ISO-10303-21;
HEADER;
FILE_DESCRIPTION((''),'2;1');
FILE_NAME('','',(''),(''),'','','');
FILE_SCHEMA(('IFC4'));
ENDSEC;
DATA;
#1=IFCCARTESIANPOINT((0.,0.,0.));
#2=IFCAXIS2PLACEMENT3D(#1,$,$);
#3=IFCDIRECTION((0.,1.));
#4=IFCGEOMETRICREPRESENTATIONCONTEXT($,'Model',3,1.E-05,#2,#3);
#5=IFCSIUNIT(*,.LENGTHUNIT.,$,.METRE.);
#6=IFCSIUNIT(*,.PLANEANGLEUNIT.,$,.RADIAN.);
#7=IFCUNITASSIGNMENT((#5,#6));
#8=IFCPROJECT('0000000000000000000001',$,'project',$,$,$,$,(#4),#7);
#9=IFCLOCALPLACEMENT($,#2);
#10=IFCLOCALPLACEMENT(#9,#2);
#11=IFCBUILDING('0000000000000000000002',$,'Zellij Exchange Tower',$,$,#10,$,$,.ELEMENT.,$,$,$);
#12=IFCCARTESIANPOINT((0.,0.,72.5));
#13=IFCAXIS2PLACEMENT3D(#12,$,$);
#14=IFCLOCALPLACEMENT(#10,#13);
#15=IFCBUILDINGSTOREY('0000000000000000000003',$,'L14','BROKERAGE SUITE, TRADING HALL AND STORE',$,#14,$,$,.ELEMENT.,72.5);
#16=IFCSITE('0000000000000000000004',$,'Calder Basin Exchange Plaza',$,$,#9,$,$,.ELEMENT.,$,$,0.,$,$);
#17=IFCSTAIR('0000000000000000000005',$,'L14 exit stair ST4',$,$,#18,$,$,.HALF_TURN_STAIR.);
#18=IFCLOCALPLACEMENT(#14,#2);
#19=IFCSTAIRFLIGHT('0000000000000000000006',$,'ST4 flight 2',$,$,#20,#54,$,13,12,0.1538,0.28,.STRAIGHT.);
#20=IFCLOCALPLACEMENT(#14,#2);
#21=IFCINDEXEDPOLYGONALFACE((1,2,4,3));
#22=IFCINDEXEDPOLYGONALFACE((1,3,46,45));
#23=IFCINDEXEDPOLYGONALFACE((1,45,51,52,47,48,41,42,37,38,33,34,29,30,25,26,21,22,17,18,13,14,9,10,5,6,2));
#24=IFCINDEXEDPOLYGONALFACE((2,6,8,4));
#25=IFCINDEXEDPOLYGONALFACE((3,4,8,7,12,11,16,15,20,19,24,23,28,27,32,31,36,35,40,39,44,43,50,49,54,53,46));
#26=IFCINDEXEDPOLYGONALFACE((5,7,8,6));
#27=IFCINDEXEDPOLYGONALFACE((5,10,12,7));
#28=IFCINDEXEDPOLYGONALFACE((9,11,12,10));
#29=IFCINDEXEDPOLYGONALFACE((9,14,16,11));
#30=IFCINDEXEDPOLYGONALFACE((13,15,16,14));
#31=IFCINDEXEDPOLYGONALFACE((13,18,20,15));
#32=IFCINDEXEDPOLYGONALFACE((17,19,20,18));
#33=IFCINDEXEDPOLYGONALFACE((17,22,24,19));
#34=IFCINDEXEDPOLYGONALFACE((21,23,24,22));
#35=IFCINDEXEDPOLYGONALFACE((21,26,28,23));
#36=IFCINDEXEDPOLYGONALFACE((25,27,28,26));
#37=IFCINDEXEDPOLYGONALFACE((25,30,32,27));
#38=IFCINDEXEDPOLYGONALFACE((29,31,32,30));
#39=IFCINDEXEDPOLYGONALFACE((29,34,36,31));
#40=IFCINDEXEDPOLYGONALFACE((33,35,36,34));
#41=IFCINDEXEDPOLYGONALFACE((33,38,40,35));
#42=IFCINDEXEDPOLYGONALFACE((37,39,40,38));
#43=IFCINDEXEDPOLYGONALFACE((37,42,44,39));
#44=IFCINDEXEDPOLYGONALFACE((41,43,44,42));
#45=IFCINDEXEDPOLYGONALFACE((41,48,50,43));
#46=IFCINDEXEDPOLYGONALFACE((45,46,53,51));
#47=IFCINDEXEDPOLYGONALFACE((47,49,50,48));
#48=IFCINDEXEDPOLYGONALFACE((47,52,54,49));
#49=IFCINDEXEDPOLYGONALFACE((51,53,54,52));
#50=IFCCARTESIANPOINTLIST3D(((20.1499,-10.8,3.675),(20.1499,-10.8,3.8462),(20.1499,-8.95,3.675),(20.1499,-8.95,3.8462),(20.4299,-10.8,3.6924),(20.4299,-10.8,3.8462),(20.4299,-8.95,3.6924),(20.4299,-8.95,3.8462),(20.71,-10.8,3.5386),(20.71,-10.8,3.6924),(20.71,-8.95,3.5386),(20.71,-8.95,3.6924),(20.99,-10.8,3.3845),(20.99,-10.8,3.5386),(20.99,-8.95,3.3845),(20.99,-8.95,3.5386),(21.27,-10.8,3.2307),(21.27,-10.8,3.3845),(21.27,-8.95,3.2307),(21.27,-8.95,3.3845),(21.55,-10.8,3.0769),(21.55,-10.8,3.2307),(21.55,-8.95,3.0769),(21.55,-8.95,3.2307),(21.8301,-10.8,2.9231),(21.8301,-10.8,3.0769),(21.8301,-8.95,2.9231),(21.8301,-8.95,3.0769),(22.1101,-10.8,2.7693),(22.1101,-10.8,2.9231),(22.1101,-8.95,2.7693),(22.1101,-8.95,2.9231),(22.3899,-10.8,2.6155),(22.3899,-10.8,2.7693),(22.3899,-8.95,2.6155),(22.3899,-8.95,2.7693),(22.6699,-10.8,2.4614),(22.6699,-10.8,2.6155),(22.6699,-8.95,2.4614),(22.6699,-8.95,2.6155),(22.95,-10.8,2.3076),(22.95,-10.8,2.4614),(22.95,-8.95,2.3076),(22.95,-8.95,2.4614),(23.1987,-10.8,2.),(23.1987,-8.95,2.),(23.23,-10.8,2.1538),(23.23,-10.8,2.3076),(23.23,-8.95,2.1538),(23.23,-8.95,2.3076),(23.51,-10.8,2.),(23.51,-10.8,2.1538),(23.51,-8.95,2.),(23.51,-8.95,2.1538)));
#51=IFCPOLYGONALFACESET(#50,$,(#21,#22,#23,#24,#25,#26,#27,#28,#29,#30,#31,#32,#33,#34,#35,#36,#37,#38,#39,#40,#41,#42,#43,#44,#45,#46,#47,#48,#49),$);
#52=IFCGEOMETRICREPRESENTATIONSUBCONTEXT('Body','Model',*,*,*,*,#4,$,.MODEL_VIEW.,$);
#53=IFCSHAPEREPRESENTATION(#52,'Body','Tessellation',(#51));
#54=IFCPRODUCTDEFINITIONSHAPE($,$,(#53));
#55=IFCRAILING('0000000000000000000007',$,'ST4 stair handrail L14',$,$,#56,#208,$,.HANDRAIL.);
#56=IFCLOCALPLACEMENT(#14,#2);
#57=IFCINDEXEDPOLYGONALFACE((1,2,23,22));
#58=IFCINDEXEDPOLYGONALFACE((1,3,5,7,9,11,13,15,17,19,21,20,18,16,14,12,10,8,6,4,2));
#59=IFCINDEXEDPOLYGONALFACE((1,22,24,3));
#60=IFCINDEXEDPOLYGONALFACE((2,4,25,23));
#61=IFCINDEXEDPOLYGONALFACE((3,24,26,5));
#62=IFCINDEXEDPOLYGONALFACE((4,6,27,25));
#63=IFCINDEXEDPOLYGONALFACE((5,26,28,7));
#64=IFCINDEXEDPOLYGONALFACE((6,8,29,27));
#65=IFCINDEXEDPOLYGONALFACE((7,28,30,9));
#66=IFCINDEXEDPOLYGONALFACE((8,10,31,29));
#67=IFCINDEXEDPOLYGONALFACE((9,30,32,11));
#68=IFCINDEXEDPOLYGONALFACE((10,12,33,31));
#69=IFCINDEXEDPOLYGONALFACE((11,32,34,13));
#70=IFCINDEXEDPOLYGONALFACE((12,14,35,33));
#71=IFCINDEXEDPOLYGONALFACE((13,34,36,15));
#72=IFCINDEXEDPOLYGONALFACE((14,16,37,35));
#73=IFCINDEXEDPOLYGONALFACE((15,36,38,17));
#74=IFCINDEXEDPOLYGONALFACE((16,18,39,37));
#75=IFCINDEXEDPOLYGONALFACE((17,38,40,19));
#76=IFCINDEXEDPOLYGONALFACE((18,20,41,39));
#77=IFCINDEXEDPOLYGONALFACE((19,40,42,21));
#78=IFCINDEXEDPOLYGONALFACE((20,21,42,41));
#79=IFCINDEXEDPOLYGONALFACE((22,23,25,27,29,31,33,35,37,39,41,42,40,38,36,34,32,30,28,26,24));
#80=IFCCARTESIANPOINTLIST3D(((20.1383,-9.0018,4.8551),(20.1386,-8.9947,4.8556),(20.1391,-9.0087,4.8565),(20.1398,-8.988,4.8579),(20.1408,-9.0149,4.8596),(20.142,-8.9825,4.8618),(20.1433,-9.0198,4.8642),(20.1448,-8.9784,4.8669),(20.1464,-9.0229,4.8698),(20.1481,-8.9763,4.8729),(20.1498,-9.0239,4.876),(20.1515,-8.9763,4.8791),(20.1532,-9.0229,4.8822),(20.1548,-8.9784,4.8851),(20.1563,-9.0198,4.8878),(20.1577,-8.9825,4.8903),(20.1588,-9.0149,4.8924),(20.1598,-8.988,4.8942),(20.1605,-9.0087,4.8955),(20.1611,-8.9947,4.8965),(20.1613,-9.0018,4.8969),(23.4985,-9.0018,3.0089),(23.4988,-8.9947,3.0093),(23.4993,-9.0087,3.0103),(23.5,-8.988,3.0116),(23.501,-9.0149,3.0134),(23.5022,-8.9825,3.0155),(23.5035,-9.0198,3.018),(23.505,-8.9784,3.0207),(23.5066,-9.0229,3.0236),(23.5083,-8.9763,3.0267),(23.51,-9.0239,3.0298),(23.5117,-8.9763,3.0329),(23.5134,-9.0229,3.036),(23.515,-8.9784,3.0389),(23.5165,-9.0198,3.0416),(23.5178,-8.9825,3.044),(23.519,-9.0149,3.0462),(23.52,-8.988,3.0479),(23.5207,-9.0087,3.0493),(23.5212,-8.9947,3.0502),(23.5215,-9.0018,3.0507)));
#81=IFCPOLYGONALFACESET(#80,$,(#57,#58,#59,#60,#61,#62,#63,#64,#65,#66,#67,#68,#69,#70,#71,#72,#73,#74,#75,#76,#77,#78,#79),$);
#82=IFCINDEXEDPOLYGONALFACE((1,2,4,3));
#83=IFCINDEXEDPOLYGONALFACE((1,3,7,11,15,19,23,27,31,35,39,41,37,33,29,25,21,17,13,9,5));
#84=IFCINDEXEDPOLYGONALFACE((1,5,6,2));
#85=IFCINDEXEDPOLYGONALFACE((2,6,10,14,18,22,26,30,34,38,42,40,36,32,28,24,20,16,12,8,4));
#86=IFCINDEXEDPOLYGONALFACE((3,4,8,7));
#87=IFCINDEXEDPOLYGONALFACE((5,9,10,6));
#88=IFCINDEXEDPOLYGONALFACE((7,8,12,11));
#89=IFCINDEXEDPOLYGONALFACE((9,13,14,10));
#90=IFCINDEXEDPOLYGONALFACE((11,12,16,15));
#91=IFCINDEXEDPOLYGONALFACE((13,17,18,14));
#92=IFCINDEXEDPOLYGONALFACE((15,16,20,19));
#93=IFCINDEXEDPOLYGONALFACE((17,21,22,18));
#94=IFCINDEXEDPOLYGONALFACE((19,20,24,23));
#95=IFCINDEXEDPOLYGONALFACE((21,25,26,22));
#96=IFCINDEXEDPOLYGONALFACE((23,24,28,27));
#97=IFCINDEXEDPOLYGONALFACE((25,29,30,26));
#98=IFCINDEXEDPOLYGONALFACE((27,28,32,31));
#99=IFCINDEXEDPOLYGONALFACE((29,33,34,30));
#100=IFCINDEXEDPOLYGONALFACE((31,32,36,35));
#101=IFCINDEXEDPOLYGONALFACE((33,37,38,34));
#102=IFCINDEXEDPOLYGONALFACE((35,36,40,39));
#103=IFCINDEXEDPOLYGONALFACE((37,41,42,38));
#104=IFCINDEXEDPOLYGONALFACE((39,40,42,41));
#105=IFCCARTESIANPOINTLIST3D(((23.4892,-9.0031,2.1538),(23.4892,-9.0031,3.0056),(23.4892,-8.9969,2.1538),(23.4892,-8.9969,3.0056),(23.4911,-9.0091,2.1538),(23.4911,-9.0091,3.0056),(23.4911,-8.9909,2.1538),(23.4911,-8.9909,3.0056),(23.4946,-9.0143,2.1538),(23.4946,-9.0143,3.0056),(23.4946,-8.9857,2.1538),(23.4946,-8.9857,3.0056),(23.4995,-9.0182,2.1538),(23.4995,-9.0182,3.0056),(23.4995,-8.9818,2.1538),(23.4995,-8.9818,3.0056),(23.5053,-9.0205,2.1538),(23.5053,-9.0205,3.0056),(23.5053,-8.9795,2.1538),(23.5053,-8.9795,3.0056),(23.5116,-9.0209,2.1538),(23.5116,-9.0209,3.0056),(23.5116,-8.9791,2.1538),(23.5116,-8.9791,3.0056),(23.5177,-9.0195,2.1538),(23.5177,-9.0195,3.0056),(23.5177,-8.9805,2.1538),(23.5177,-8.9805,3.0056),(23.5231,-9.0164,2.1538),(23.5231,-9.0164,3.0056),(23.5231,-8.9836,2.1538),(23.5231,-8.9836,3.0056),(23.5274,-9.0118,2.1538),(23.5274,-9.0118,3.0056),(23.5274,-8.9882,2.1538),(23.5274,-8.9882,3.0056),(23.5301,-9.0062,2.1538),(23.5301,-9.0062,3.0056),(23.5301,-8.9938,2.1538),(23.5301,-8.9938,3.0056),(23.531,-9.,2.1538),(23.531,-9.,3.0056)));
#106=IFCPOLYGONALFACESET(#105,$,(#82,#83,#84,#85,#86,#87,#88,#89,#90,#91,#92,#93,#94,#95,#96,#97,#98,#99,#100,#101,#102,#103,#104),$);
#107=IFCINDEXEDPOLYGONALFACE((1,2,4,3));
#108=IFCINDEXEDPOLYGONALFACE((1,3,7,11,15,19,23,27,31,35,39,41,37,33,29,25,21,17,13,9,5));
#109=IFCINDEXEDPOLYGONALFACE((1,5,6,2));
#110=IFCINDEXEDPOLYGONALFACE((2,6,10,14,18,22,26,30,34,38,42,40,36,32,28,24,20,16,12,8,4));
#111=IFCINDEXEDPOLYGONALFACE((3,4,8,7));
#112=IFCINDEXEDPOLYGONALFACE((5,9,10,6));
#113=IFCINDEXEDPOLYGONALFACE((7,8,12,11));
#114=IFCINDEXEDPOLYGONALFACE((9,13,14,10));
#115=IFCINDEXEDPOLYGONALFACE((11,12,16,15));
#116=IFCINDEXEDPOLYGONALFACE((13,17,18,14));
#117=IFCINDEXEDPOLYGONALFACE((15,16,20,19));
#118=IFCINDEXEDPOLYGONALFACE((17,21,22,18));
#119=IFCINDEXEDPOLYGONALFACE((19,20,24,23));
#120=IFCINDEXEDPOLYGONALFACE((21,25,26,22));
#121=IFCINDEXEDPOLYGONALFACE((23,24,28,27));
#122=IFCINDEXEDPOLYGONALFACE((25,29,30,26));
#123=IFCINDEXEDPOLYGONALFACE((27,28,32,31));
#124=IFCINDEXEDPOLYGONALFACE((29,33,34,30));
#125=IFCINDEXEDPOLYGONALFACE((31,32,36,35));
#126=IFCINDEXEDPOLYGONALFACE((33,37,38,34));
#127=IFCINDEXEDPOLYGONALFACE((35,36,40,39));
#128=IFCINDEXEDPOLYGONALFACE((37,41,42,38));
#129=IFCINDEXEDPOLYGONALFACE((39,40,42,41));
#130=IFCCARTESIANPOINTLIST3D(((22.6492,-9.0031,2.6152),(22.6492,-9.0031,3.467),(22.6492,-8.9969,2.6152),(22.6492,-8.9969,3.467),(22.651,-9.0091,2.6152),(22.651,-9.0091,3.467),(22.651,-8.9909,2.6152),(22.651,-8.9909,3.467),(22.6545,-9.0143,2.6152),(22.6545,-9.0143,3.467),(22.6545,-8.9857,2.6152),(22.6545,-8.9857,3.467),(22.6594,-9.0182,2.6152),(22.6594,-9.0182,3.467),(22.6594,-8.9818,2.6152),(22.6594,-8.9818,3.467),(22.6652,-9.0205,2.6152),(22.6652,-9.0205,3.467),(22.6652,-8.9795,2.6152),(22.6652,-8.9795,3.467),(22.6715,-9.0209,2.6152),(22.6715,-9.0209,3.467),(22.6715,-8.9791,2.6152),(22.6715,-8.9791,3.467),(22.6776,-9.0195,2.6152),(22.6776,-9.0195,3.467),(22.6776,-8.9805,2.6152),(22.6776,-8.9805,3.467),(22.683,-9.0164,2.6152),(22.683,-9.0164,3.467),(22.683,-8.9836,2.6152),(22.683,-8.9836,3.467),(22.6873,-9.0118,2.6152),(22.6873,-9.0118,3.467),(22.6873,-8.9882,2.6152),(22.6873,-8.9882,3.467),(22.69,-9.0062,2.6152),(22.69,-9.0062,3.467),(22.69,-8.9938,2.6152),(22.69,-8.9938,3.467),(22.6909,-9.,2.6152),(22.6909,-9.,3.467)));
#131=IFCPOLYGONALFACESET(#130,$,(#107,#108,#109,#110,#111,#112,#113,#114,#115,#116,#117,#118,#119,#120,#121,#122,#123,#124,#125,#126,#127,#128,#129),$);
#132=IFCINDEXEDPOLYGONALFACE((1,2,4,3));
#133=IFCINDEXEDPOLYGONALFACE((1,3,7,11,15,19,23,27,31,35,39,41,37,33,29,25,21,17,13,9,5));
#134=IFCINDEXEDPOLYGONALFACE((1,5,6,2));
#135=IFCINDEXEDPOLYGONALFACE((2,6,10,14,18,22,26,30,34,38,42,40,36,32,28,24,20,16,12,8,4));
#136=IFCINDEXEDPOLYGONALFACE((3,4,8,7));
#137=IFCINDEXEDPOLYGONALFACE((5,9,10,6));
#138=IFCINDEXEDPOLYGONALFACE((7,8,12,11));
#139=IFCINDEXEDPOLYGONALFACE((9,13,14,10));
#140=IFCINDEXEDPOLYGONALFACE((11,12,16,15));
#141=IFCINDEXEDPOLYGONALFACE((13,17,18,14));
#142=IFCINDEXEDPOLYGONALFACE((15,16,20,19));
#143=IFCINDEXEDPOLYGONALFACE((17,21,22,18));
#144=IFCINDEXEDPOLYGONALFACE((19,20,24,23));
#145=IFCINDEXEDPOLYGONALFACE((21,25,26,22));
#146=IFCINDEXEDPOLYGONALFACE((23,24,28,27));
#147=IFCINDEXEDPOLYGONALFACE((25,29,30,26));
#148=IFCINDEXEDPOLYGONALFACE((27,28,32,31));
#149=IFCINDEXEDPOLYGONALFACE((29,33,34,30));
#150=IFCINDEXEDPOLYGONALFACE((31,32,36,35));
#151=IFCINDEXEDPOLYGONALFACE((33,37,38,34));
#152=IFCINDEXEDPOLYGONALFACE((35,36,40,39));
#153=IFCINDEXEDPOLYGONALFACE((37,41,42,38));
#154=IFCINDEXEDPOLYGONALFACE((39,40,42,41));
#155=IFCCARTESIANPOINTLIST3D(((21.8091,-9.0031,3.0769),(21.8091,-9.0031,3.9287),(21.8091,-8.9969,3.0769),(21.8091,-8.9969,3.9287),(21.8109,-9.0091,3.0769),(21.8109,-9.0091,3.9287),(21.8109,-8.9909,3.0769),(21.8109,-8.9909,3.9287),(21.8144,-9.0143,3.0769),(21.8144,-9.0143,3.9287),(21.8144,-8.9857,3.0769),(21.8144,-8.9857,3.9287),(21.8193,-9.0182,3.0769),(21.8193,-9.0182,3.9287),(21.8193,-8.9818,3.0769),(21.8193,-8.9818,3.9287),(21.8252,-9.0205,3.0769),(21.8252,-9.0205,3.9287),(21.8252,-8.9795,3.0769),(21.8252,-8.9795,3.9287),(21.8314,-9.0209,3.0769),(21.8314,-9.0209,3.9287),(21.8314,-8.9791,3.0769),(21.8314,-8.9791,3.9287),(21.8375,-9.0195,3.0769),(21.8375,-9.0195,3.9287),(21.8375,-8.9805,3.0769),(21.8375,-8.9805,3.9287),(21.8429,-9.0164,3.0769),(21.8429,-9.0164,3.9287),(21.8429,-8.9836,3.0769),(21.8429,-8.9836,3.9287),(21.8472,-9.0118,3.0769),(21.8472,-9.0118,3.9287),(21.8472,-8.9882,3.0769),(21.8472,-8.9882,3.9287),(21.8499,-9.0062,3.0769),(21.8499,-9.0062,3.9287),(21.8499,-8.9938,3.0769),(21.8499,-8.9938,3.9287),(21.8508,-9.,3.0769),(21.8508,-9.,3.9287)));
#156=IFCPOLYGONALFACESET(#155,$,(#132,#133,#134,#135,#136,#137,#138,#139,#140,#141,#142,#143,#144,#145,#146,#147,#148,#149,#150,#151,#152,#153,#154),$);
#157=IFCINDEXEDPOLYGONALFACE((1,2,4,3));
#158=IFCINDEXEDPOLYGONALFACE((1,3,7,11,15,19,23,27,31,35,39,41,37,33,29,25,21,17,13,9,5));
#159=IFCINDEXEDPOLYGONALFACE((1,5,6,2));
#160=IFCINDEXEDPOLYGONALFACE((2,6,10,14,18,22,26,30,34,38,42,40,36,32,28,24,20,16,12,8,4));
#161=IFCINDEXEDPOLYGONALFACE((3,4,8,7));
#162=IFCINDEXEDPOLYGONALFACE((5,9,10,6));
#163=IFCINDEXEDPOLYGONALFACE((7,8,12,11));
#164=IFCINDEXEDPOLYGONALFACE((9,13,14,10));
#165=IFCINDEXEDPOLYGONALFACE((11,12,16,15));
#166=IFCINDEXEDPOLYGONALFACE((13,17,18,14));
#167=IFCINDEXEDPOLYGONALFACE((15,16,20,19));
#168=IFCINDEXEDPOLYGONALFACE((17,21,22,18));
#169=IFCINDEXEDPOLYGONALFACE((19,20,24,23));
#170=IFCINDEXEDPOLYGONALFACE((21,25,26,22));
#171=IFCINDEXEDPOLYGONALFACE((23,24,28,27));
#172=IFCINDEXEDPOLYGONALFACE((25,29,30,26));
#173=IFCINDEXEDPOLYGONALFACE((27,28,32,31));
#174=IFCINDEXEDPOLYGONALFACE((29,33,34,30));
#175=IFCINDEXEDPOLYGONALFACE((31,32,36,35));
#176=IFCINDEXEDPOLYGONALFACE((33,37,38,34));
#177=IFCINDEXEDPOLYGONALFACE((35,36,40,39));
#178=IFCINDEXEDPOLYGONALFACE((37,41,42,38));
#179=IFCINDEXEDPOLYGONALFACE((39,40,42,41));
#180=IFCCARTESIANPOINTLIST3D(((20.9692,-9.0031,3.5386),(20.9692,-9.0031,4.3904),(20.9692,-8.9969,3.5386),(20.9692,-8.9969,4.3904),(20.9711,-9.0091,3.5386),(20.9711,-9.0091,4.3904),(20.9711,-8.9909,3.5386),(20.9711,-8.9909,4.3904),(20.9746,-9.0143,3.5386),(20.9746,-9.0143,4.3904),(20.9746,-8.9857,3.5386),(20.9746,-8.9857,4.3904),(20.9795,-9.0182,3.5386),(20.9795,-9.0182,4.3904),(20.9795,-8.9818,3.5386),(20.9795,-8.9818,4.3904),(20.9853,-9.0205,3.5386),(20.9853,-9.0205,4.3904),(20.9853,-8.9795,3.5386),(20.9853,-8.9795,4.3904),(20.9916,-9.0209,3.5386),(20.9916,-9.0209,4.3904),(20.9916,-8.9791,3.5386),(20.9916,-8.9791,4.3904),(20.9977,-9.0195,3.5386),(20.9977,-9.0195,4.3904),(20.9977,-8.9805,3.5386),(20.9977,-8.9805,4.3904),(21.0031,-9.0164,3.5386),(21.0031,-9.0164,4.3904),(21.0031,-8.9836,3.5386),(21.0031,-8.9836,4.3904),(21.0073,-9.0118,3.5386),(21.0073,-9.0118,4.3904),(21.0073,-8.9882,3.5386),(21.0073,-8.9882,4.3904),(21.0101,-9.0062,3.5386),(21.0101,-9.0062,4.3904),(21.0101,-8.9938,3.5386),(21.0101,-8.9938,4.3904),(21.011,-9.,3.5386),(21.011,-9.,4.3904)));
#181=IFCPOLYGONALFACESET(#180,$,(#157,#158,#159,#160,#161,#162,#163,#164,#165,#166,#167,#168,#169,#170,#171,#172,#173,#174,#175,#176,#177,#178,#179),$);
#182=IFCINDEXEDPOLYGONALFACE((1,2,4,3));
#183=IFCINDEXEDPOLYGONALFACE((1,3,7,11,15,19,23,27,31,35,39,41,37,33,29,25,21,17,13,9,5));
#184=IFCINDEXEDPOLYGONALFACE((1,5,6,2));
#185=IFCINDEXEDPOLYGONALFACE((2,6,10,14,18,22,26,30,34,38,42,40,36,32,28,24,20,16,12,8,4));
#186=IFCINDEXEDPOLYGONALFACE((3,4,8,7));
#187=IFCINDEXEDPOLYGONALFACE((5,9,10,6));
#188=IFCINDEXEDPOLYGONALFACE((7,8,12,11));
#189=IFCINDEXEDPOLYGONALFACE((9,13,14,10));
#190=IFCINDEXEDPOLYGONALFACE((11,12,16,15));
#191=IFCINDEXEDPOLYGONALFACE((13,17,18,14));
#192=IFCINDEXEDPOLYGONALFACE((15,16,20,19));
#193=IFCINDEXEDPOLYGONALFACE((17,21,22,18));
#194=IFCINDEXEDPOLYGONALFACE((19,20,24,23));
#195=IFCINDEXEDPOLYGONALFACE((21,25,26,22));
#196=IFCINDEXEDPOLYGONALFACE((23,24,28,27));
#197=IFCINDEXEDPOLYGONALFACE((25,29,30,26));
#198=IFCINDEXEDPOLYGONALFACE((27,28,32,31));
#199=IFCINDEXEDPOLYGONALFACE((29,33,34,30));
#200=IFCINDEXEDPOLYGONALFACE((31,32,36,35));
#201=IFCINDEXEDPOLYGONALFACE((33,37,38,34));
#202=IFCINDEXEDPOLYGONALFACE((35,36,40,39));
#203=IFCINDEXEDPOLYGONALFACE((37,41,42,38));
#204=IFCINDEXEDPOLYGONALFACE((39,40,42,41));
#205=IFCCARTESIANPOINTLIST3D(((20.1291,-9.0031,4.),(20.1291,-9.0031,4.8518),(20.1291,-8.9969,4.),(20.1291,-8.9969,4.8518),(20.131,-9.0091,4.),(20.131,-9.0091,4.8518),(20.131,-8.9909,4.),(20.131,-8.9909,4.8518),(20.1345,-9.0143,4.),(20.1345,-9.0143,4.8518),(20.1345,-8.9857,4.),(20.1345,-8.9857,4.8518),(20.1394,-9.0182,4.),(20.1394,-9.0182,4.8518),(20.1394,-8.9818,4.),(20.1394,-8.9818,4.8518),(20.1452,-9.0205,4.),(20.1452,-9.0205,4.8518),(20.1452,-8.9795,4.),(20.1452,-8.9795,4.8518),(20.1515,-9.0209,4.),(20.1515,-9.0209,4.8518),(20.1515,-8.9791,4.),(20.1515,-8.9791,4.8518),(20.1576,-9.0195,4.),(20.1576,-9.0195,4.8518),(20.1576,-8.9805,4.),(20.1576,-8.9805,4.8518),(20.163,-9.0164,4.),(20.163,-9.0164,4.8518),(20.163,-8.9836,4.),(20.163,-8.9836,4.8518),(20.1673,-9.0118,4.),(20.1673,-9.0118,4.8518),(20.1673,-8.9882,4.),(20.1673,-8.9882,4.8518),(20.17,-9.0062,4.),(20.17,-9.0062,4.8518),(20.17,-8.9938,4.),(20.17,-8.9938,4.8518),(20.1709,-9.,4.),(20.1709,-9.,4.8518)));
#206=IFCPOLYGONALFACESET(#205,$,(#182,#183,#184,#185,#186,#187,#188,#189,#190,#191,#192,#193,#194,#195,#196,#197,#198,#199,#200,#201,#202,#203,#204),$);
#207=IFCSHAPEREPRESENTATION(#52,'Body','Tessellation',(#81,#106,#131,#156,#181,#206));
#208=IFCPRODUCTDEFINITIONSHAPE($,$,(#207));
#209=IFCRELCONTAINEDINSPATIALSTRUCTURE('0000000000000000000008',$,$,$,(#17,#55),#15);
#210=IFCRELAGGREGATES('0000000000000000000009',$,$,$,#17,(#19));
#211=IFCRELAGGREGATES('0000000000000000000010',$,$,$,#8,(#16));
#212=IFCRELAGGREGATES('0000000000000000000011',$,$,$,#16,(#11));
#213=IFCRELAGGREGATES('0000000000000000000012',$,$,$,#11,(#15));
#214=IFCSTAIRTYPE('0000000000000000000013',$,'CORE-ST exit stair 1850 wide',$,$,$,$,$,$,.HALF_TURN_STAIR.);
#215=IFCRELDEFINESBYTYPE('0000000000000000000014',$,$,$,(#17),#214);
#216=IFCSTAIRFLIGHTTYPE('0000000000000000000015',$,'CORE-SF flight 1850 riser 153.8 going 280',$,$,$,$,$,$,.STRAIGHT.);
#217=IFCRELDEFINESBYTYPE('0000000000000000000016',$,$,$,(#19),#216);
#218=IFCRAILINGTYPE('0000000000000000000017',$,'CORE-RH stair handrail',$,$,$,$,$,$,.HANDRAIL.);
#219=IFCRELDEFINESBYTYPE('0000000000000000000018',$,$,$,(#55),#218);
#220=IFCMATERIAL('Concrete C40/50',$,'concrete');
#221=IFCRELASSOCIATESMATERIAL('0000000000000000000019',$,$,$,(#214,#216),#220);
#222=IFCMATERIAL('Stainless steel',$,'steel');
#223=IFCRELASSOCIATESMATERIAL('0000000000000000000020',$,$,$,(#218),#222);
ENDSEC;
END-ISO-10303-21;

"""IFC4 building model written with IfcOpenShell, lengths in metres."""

from ifc_helpers import new_model, si_unit, direction, frame, origin, origin_2d, place, context, subcontext, project, spatial, polyline, circle, outline, extrude, material, type_object, element, aggregate, save


model = new_model("IFC4")

# Units and contexts
model_context = context("Model", 3, precision=1e-05, world=origin(), true_north=direction((0.0, 1.0)))
body_context = subcontext(model_context, "Body", "Model", "MODEL_VIEW")
ifc_project = project(units=[si_unit("LENGTHUNIT", "METRE"), si_unit("PLANEANGLEUNIT", "RADIAN")], contexts=[model_context])

# Site, building, storey
site_placement = place(None, origin())
site = spatial("IfcSite", under=ifc_project, at=site_placement, Name="Calder Basin Exchange Plaza", CompositionType="ELEMENT", RefElevation=0.0)
building_placement = place(site_placement, origin())
building = spatial("IfcBuilding", under=site, at=building_placement, Name="Zellij Exchange Tower", CompositionType="ELEMENT")
storey_placement = place(building_placement, frame((0.0, 0.0, 72.5)))
storey = spatial("IfcBuildingStorey", under=building, at=storey_placement, Name="L14", Description="BROKERAGE SUITE, TRADING HALL AND STORE", CompositionType="ELEMENT", Elevation=72.5)

# Stair, stair flight
ifc_material_1 = material(Name="Concrete C40/50", Category="concrete")
stair_type = type_object("IfcStairType", Name="CORE-ST exit stair 1850 wide", PredefinedType="HALF_TURN_STAIR", material=ifc_material_1)
stair_placement = place(storey_placement, origin())
stair = element("IfcStair", 1, at=stair_placement, inside=storey, type_object=stair_type, Name="L14 exit stair ST4", PredefinedType="HALF_TURN_STAIR")
stair_flight_type = type_object("IfcStairFlightType", Name="CORE-SF flight 1850 riser 153.8 going 280", PredefinedType="STRAIGHT", material=ifc_material_1)
stair_flight_1_placement = place(storey_placement, frame((23.51, -9.875, 2.0), z_axis=(0.0, 0.0, 1.0), x_axis=(-1.0, 0.0, 0.0)))
stair_flight_1 = element("IfcStairFlight", 2, at=stair_flight_1_placement, type_object=stair_flight_type, Name="ST4 flight 2", NumberOfRisers=13, NumberOfTreads=12, PredefinedType="STRAIGHT", RiserHeight=0.1538, TreadLength=0.28, context=body_context, shape_type="SweptSolid", body=[
    extrude(outline(polyline([(0.0, 0.0), (0.0, 0.1538), (0.28, 0.1538), (0.28, 0.3076), (0.5601, 0.3076), (0.5601, 0.4614), (0.8401, 0.4614), (0.8401, 0.6155), (1.1201, 0.6155), (1.1201, 0.7693), (1.3999, 0.7693), (1.3999, 0.9231), (1.6799, 0.9231), (1.6799, 1.0769), (1.96, 1.0769), (1.96, 1.2307), (2.24, 1.2307), (2.24, 1.3845), (2.52, 1.3845), (2.52, 1.5386), (2.8, 1.5386), (2.8, 1.6924), (3.0801, 1.6924), (3.0801, 1.8462), (3.3601, 1.8462), (3.3601, 2.0), (3.3601, 1.675), (0.3113, 0.0), (0.0, 0.0)])), frame((0.0, 0.925, 0.0), z_axis=(0.0, -1.0, 0.0), x_axis=(1.0, 0.0, 0.0)), (0.0, 0.0, 1.0), 1.8501),
])
aggregate(stair, [stair_flight_1])

# Railing
ifc_material_2 = material(Name="Stainless steel", Category="steel")
railing_type = type_object("IfcRailingType", Name="CORE-RH stair handrail", PredefinedType="HANDRAIL", material=ifc_material_2)
railing_placement = place(storey_placement, frame((23.51, -9.0, 2.1538)))
element("IfcRailing", 3, at=railing_placement, inside=storey, type_object=railing_type, Name="ST4 stair handrail L14", PredefinedType="HANDRAIL", context=body_context, shape_type="SweptSolid", body=[
    extrude(circle(Radius=0.0239, at=origin_2d()), frame((0.0, 0.0, 0.876), z_axis=(-0.876422, 0.0, 0.481545), x_axis=(0.0, -1.0, 0.0)), (0.0, 0.0, 1.0), 3.834),
    extrude(circle(Radius=0.021, at=origin_2d()), origin(), (0.0, 0.0, 1.0), 0.8518),
    extrude(circle(Radius=0.021, at=origin_2d()), frame((-0.8401, 0.0, 0.4614)), (0.0, 0.0, 1.0), 0.8518),
    extrude(circle(Radius=0.021, at=origin_2d()), frame((-1.6802, 0.0, 0.9231)), (0.0, 0.0, 1.0), 0.8518),
    extrude(circle(Radius=0.021, at=origin_2d()), frame((-2.52, 0.0, 1.3848)), (0.0, 0.0, 1.0), 0.8518),
    extrude(circle(Radius=0.021, at=origin_2d()), frame((-3.3601, 0.0, 1.8462)), (0.0, 0.0, 1.0), 0.8518),
])

save(model, "model.ifc")
